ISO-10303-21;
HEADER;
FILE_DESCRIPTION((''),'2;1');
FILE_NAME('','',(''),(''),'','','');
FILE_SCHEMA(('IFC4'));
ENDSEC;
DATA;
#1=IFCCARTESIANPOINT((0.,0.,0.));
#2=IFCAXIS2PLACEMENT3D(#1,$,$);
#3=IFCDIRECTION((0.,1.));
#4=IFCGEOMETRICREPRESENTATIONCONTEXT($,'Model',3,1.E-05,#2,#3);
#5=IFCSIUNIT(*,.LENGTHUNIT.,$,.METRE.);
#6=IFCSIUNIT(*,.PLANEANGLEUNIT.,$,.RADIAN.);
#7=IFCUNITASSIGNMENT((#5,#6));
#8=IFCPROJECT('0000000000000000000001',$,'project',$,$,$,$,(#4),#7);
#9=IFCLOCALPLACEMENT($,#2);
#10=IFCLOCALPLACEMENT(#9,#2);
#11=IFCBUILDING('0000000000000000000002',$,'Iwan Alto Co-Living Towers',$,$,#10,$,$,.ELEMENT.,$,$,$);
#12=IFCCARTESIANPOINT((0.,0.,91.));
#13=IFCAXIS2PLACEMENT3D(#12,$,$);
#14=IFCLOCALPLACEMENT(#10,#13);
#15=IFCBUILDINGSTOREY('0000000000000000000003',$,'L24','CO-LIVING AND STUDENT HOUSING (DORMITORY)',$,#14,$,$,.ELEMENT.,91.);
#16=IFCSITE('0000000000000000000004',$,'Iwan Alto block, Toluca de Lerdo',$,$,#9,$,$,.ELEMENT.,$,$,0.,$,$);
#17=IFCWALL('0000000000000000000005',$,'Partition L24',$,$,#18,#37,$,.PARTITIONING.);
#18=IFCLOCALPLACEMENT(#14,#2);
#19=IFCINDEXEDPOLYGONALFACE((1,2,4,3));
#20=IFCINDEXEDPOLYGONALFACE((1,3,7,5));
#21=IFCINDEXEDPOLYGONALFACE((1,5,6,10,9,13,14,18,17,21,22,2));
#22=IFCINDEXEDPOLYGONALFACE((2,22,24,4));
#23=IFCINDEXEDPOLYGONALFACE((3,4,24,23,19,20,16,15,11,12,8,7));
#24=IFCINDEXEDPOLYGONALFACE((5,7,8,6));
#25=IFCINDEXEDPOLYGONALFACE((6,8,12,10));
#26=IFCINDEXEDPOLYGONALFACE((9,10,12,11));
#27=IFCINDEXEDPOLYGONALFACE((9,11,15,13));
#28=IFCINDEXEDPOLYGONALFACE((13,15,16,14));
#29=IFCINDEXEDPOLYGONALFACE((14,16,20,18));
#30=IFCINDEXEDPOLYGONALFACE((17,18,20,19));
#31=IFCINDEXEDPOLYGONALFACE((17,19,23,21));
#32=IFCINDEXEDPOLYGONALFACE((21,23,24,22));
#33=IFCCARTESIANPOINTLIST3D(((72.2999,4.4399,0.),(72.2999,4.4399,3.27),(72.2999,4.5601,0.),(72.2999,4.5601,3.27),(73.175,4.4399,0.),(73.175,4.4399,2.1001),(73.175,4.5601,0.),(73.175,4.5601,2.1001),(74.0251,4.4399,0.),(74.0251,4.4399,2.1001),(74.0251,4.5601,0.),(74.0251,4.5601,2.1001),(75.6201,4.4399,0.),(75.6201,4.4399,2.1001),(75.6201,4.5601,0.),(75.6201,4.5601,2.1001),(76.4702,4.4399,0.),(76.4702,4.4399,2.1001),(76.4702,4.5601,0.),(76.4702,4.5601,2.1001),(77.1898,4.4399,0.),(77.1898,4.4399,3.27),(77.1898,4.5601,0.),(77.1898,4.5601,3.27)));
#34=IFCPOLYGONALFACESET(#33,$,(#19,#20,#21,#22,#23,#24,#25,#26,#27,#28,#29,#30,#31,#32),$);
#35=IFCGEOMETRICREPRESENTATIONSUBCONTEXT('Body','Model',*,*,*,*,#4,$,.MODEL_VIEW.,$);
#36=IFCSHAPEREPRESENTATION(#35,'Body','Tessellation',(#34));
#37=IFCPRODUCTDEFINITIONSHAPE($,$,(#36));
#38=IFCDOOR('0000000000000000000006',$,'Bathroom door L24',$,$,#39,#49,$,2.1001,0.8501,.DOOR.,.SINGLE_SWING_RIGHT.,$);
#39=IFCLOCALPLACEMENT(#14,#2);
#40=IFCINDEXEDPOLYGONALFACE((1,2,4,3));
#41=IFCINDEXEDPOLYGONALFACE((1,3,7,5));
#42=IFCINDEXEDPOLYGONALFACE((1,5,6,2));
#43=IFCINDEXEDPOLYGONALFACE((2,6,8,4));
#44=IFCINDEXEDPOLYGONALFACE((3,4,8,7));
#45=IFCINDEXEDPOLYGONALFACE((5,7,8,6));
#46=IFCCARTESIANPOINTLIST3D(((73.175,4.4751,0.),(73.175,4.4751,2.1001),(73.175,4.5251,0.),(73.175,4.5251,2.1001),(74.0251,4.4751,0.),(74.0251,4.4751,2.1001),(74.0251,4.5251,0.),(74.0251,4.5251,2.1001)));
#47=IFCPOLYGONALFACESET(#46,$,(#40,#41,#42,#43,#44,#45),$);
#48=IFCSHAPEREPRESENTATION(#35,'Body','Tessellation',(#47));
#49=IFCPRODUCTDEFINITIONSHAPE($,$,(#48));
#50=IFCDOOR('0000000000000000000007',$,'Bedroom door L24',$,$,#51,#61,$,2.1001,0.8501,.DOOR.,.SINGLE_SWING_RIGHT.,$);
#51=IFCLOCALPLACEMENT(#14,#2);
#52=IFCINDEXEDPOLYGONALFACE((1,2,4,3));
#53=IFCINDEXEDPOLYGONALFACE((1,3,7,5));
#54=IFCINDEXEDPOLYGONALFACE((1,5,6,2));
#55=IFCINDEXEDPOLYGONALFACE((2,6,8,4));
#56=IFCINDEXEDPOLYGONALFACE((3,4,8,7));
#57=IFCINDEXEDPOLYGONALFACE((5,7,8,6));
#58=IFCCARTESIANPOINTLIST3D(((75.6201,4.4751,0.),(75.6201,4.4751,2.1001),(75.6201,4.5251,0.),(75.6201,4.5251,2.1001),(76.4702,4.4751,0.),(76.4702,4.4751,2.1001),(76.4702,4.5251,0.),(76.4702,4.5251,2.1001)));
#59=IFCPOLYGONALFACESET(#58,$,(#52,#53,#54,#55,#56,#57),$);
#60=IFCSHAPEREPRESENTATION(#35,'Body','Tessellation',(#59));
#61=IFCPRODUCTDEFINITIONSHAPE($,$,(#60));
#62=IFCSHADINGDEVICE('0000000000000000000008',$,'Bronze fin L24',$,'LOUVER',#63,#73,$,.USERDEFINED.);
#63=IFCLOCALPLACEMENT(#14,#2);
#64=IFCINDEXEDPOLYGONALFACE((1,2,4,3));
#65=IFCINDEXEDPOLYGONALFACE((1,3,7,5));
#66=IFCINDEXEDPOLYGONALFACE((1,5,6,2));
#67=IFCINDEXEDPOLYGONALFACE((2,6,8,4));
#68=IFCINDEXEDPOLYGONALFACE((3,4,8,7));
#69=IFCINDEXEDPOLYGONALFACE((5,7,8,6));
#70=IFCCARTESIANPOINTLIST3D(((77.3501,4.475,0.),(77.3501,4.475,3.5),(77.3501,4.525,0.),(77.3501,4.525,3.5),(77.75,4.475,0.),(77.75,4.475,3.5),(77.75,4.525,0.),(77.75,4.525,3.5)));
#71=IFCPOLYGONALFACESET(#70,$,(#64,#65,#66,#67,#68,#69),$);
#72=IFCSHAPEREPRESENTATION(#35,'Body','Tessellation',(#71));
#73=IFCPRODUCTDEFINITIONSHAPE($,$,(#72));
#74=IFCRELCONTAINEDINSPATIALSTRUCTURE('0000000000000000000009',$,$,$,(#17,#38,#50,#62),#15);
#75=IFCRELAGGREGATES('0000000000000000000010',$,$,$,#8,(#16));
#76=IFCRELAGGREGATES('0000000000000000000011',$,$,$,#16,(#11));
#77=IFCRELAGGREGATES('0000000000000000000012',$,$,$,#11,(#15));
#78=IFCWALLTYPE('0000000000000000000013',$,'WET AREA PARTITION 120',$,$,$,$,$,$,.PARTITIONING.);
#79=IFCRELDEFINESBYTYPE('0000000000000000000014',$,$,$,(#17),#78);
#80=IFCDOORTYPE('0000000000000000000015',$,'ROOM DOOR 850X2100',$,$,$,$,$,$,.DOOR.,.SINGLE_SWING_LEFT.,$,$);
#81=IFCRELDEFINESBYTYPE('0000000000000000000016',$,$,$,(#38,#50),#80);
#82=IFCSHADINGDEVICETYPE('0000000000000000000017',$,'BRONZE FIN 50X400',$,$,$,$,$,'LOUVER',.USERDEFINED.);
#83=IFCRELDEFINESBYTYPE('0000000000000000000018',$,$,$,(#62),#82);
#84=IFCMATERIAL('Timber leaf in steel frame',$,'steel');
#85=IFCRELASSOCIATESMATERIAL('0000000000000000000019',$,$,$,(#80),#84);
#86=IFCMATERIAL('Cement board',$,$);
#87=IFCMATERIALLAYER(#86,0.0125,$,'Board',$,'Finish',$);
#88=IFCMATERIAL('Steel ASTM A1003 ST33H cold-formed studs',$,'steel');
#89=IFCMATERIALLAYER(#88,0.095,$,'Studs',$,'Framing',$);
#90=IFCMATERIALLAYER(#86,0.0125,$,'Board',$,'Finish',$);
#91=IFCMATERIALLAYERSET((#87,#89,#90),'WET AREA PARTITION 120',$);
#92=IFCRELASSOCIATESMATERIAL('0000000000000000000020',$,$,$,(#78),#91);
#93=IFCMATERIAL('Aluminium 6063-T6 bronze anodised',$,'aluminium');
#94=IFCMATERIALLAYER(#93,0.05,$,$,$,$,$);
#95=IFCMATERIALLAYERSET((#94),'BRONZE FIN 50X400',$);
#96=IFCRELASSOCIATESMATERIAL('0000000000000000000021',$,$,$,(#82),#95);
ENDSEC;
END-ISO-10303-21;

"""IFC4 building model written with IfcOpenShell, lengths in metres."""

from ifc_helpers import new_model, si_unit, direction, frame, frame_2d, origin, origin_2d, place, context, subcontext, project, spatial, rectangle, extrude, material, layer, layer_set, type_object, element, fill, save


model = new_model("IFC4")

# Units and contexts
model_context = context("Model", 3, precision=1e-05, world=origin(), true_north=direction((0.0, 1.0)))
body_context = subcontext(model_context, "Body", "Model", "MODEL_VIEW")
ifc_project = project(units=[si_unit("LENGTHUNIT", "METRE"), si_unit("PLANEANGLEUNIT", "RADIAN")], contexts=[model_context])

# Site, building, storey
site_placement = place(None, origin())
site = spatial("IfcSite", under=ifc_project, at=site_placement, Name="Iwan Alto block, Toluca de Lerdo", CompositionType="ELEMENT", RefElevation=0.0)
building_placement = place(site_placement, origin())
building = spatial("IfcBuilding", under=site, at=building_placement, Name="Iwan Alto Co-Living Towers", CompositionType="ELEMENT")
storey_placement = place(building_placement, frame((0.0, 0.0, 91.0)))
storey = spatial("IfcBuildingStorey", under=building, at=storey_placement, Name="L24", Description="CO-LIVING AND STUDENT HOUSING (DORMITORY)", CompositionType="ELEMENT", Elevation=91.0)

# Shared definitions
ifc_material_1 = material(Name="Steel ASTM A1003 ST33H cold-formed studs", Category="steel")

# Shared definitions
ifc_material_2 = material(Name="Timber leaf in steel frame", Category="steel")
door_type = type_object("IfcDoorType", Name="ROOM DOOR 850X2100", OperationType="SINGLE_SWING_LEFT", PredefinedType="DOOR", material=ifc_material_2)

# Shared definitions
ifc_material_3 = material(Name="Cement board")
ifc_layer_1 = layer(ifc_material_3, 0.0125, Name="Board", Category="Finish")
ifc_layer_2 = layer(ifc_material_1, 0.095, Name="Studs", Category="Framing")
ifc_layer_3 = layer(ifc_material_3, 0.0125, Name="Board", Category="Finish")
ifc_layer_set_1 = layer_set([ifc_layer_1, ifc_layer_2, ifc_layer_3], Name="WET AREA PARTITION 120")
wall_type_1 = type_object("IfcWallType", Name="WET AREA PARTITION 120", PredefinedType="PARTITIONING", material=ifc_layer_set_1)

# Wall, openings, doors
wall_1_placement = place(storey_placement, frame((72.3, 4.5, 0.0), z_axis=(0.0, 0.0, 1.0), x_axis=(1.0, 0.0, 0.0)))
wall_1 = element("IfcWall", 1, at=wall_1_placement, inside=storey, type_object=wall_type_1, Name="Partition L24", PredefinedType="PARTITIONING", context=body_context, shape_type="SweptSolid", body=[
    extrude(rectangle(XDim=4.8899, YDim=0.1201, at=frame_2d((2.4448, 0.0))), origin(), (0.0, 0.0, 1.0), 3.27),
])
opening_1_placement = place(wall_1_placement, frame((0.875, 0.0, 0.0)))
opening_1 = element("IfcOpeningElement", 2, at=opening_1_placement, cuts=wall_1, PredefinedType="OPENING", context=body_context, shape_type="SweptSolid", body=[
    extrude(rectangle(XDim=0.8501, YDim=2.1001, at=frame_2d((0.425, 1.05))), frame((0.0, 0.0701, 0.0), z_axis=(0.0, -1.0, 0.0), x_axis=(1.0, 0.0, 0.0)), (0.0, 0.0, 1.0), 0.1401),
])
opening_2_placement = place(wall_1_placement, frame((3.3201, 0.0, 0.0)))
opening_2 = element("IfcOpeningElement", 3, at=opening_2_placement, cuts=wall_1, PredefinedType="OPENING", context=body_context, shape_type="SweptSolid", body=[
    extrude(rectangle(XDim=0.8501, YDim=2.1001, at=frame_2d((0.425, 1.05))), frame((0.0, 0.0701, 0.0), z_axis=(0.0, -1.0, 0.0), x_axis=(1.0, 0.0, 0.0)), (0.0, 0.0, 1.0), 0.1401),
])
door_1_placement = place(opening_1_placement, frame((0.8501, 0.0, 0.0), z_axis=(0.0, 0.0, 1.0), x_axis=(-1.0, 0.0, 0.0)))
door_1 = element("IfcDoor", 4, at=door_1_placement, inside=storey, type_object=door_type, Name="Bathroom door L24", OperationType="SINGLE_SWING_RIGHT", OverallHeight=2.1001, OverallWidth=0.8501, PredefinedType="DOOR", context=body_context, shape_type="SweptSolid", body=[
    extrude(rectangle(XDim=0.8501, YDim=2.1001, at=frame_2d((0.425, 1.05))), frame((0.0, 0.0249, 0.0), z_axis=(0.0, -1.0, 0.0), x_axis=(1.0, 0.0, 0.0)), (0.0, 0.0, 1.0), 0.05),
])
fill(opening_1, door_1)
door_2_placement = place(opening_2_placement, frame((0.8501, 0.0, 0.0), z_axis=(0.0, 0.0, 1.0), x_axis=(-1.0, 0.0, 0.0)))
door_2 = element("IfcDoor", 5, at=door_2_placement, inside=storey, type_object=door_type, Name="Bedroom door L24", OperationType="SINGLE_SWING_RIGHT", OverallHeight=2.1001, OverallWidth=0.8501, PredefinedType="DOOR", context=body_context, shape_type="SweptSolid", body=[
    extrude(rectangle(XDim=0.8501, YDim=2.1001, at=frame_2d((0.425, 1.05))), frame((0.0, 0.0249, 0.0), z_axis=(0.0, -1.0, 0.0), x_axis=(1.0, 0.0, 0.0)), (0.0, 0.0, 1.0), 0.05),
])
fill(opening_2, door_2)

# Shading device
ifc_material_4 = material(Name="Aluminium 6063-T6 bronze anodised", Category="aluminium")
ifc_layer_4 = layer(ifc_material_4, 0.05)
ifc_layer_set_2 = layer_set([ifc_layer_4], Name="BRONZE FIN 50X400")
shading_device_type = type_object("IfcShadingDeviceType", Name="BRONZE FIN 50X400", ElementType="LOUVER", PredefinedType="USERDEFINED", material=ifc_layer_set_2)
shading_device_placement = place(storey_placement, frame((77.55, 4.5, 0.0), z_axis=(0.0, 0.0, 1.0), x_axis=(0.0, 1.0, 0.0)))
element("IfcShadingDevice", 6, at=shading_device_placement, inside=storey, type_object=shading_device_type, Name="Bronze fin L24", ObjectType="LOUVER", PredefinedType="USERDEFINED", context=body_context, shape_type="SweptSolid", body=[
    extrude(rectangle(XDim=0.05, YDim=0.3999, at=origin_2d()), origin(), (0.0, 0.0, 1.0), 3.5),
])

save(model, "model.ifc")
